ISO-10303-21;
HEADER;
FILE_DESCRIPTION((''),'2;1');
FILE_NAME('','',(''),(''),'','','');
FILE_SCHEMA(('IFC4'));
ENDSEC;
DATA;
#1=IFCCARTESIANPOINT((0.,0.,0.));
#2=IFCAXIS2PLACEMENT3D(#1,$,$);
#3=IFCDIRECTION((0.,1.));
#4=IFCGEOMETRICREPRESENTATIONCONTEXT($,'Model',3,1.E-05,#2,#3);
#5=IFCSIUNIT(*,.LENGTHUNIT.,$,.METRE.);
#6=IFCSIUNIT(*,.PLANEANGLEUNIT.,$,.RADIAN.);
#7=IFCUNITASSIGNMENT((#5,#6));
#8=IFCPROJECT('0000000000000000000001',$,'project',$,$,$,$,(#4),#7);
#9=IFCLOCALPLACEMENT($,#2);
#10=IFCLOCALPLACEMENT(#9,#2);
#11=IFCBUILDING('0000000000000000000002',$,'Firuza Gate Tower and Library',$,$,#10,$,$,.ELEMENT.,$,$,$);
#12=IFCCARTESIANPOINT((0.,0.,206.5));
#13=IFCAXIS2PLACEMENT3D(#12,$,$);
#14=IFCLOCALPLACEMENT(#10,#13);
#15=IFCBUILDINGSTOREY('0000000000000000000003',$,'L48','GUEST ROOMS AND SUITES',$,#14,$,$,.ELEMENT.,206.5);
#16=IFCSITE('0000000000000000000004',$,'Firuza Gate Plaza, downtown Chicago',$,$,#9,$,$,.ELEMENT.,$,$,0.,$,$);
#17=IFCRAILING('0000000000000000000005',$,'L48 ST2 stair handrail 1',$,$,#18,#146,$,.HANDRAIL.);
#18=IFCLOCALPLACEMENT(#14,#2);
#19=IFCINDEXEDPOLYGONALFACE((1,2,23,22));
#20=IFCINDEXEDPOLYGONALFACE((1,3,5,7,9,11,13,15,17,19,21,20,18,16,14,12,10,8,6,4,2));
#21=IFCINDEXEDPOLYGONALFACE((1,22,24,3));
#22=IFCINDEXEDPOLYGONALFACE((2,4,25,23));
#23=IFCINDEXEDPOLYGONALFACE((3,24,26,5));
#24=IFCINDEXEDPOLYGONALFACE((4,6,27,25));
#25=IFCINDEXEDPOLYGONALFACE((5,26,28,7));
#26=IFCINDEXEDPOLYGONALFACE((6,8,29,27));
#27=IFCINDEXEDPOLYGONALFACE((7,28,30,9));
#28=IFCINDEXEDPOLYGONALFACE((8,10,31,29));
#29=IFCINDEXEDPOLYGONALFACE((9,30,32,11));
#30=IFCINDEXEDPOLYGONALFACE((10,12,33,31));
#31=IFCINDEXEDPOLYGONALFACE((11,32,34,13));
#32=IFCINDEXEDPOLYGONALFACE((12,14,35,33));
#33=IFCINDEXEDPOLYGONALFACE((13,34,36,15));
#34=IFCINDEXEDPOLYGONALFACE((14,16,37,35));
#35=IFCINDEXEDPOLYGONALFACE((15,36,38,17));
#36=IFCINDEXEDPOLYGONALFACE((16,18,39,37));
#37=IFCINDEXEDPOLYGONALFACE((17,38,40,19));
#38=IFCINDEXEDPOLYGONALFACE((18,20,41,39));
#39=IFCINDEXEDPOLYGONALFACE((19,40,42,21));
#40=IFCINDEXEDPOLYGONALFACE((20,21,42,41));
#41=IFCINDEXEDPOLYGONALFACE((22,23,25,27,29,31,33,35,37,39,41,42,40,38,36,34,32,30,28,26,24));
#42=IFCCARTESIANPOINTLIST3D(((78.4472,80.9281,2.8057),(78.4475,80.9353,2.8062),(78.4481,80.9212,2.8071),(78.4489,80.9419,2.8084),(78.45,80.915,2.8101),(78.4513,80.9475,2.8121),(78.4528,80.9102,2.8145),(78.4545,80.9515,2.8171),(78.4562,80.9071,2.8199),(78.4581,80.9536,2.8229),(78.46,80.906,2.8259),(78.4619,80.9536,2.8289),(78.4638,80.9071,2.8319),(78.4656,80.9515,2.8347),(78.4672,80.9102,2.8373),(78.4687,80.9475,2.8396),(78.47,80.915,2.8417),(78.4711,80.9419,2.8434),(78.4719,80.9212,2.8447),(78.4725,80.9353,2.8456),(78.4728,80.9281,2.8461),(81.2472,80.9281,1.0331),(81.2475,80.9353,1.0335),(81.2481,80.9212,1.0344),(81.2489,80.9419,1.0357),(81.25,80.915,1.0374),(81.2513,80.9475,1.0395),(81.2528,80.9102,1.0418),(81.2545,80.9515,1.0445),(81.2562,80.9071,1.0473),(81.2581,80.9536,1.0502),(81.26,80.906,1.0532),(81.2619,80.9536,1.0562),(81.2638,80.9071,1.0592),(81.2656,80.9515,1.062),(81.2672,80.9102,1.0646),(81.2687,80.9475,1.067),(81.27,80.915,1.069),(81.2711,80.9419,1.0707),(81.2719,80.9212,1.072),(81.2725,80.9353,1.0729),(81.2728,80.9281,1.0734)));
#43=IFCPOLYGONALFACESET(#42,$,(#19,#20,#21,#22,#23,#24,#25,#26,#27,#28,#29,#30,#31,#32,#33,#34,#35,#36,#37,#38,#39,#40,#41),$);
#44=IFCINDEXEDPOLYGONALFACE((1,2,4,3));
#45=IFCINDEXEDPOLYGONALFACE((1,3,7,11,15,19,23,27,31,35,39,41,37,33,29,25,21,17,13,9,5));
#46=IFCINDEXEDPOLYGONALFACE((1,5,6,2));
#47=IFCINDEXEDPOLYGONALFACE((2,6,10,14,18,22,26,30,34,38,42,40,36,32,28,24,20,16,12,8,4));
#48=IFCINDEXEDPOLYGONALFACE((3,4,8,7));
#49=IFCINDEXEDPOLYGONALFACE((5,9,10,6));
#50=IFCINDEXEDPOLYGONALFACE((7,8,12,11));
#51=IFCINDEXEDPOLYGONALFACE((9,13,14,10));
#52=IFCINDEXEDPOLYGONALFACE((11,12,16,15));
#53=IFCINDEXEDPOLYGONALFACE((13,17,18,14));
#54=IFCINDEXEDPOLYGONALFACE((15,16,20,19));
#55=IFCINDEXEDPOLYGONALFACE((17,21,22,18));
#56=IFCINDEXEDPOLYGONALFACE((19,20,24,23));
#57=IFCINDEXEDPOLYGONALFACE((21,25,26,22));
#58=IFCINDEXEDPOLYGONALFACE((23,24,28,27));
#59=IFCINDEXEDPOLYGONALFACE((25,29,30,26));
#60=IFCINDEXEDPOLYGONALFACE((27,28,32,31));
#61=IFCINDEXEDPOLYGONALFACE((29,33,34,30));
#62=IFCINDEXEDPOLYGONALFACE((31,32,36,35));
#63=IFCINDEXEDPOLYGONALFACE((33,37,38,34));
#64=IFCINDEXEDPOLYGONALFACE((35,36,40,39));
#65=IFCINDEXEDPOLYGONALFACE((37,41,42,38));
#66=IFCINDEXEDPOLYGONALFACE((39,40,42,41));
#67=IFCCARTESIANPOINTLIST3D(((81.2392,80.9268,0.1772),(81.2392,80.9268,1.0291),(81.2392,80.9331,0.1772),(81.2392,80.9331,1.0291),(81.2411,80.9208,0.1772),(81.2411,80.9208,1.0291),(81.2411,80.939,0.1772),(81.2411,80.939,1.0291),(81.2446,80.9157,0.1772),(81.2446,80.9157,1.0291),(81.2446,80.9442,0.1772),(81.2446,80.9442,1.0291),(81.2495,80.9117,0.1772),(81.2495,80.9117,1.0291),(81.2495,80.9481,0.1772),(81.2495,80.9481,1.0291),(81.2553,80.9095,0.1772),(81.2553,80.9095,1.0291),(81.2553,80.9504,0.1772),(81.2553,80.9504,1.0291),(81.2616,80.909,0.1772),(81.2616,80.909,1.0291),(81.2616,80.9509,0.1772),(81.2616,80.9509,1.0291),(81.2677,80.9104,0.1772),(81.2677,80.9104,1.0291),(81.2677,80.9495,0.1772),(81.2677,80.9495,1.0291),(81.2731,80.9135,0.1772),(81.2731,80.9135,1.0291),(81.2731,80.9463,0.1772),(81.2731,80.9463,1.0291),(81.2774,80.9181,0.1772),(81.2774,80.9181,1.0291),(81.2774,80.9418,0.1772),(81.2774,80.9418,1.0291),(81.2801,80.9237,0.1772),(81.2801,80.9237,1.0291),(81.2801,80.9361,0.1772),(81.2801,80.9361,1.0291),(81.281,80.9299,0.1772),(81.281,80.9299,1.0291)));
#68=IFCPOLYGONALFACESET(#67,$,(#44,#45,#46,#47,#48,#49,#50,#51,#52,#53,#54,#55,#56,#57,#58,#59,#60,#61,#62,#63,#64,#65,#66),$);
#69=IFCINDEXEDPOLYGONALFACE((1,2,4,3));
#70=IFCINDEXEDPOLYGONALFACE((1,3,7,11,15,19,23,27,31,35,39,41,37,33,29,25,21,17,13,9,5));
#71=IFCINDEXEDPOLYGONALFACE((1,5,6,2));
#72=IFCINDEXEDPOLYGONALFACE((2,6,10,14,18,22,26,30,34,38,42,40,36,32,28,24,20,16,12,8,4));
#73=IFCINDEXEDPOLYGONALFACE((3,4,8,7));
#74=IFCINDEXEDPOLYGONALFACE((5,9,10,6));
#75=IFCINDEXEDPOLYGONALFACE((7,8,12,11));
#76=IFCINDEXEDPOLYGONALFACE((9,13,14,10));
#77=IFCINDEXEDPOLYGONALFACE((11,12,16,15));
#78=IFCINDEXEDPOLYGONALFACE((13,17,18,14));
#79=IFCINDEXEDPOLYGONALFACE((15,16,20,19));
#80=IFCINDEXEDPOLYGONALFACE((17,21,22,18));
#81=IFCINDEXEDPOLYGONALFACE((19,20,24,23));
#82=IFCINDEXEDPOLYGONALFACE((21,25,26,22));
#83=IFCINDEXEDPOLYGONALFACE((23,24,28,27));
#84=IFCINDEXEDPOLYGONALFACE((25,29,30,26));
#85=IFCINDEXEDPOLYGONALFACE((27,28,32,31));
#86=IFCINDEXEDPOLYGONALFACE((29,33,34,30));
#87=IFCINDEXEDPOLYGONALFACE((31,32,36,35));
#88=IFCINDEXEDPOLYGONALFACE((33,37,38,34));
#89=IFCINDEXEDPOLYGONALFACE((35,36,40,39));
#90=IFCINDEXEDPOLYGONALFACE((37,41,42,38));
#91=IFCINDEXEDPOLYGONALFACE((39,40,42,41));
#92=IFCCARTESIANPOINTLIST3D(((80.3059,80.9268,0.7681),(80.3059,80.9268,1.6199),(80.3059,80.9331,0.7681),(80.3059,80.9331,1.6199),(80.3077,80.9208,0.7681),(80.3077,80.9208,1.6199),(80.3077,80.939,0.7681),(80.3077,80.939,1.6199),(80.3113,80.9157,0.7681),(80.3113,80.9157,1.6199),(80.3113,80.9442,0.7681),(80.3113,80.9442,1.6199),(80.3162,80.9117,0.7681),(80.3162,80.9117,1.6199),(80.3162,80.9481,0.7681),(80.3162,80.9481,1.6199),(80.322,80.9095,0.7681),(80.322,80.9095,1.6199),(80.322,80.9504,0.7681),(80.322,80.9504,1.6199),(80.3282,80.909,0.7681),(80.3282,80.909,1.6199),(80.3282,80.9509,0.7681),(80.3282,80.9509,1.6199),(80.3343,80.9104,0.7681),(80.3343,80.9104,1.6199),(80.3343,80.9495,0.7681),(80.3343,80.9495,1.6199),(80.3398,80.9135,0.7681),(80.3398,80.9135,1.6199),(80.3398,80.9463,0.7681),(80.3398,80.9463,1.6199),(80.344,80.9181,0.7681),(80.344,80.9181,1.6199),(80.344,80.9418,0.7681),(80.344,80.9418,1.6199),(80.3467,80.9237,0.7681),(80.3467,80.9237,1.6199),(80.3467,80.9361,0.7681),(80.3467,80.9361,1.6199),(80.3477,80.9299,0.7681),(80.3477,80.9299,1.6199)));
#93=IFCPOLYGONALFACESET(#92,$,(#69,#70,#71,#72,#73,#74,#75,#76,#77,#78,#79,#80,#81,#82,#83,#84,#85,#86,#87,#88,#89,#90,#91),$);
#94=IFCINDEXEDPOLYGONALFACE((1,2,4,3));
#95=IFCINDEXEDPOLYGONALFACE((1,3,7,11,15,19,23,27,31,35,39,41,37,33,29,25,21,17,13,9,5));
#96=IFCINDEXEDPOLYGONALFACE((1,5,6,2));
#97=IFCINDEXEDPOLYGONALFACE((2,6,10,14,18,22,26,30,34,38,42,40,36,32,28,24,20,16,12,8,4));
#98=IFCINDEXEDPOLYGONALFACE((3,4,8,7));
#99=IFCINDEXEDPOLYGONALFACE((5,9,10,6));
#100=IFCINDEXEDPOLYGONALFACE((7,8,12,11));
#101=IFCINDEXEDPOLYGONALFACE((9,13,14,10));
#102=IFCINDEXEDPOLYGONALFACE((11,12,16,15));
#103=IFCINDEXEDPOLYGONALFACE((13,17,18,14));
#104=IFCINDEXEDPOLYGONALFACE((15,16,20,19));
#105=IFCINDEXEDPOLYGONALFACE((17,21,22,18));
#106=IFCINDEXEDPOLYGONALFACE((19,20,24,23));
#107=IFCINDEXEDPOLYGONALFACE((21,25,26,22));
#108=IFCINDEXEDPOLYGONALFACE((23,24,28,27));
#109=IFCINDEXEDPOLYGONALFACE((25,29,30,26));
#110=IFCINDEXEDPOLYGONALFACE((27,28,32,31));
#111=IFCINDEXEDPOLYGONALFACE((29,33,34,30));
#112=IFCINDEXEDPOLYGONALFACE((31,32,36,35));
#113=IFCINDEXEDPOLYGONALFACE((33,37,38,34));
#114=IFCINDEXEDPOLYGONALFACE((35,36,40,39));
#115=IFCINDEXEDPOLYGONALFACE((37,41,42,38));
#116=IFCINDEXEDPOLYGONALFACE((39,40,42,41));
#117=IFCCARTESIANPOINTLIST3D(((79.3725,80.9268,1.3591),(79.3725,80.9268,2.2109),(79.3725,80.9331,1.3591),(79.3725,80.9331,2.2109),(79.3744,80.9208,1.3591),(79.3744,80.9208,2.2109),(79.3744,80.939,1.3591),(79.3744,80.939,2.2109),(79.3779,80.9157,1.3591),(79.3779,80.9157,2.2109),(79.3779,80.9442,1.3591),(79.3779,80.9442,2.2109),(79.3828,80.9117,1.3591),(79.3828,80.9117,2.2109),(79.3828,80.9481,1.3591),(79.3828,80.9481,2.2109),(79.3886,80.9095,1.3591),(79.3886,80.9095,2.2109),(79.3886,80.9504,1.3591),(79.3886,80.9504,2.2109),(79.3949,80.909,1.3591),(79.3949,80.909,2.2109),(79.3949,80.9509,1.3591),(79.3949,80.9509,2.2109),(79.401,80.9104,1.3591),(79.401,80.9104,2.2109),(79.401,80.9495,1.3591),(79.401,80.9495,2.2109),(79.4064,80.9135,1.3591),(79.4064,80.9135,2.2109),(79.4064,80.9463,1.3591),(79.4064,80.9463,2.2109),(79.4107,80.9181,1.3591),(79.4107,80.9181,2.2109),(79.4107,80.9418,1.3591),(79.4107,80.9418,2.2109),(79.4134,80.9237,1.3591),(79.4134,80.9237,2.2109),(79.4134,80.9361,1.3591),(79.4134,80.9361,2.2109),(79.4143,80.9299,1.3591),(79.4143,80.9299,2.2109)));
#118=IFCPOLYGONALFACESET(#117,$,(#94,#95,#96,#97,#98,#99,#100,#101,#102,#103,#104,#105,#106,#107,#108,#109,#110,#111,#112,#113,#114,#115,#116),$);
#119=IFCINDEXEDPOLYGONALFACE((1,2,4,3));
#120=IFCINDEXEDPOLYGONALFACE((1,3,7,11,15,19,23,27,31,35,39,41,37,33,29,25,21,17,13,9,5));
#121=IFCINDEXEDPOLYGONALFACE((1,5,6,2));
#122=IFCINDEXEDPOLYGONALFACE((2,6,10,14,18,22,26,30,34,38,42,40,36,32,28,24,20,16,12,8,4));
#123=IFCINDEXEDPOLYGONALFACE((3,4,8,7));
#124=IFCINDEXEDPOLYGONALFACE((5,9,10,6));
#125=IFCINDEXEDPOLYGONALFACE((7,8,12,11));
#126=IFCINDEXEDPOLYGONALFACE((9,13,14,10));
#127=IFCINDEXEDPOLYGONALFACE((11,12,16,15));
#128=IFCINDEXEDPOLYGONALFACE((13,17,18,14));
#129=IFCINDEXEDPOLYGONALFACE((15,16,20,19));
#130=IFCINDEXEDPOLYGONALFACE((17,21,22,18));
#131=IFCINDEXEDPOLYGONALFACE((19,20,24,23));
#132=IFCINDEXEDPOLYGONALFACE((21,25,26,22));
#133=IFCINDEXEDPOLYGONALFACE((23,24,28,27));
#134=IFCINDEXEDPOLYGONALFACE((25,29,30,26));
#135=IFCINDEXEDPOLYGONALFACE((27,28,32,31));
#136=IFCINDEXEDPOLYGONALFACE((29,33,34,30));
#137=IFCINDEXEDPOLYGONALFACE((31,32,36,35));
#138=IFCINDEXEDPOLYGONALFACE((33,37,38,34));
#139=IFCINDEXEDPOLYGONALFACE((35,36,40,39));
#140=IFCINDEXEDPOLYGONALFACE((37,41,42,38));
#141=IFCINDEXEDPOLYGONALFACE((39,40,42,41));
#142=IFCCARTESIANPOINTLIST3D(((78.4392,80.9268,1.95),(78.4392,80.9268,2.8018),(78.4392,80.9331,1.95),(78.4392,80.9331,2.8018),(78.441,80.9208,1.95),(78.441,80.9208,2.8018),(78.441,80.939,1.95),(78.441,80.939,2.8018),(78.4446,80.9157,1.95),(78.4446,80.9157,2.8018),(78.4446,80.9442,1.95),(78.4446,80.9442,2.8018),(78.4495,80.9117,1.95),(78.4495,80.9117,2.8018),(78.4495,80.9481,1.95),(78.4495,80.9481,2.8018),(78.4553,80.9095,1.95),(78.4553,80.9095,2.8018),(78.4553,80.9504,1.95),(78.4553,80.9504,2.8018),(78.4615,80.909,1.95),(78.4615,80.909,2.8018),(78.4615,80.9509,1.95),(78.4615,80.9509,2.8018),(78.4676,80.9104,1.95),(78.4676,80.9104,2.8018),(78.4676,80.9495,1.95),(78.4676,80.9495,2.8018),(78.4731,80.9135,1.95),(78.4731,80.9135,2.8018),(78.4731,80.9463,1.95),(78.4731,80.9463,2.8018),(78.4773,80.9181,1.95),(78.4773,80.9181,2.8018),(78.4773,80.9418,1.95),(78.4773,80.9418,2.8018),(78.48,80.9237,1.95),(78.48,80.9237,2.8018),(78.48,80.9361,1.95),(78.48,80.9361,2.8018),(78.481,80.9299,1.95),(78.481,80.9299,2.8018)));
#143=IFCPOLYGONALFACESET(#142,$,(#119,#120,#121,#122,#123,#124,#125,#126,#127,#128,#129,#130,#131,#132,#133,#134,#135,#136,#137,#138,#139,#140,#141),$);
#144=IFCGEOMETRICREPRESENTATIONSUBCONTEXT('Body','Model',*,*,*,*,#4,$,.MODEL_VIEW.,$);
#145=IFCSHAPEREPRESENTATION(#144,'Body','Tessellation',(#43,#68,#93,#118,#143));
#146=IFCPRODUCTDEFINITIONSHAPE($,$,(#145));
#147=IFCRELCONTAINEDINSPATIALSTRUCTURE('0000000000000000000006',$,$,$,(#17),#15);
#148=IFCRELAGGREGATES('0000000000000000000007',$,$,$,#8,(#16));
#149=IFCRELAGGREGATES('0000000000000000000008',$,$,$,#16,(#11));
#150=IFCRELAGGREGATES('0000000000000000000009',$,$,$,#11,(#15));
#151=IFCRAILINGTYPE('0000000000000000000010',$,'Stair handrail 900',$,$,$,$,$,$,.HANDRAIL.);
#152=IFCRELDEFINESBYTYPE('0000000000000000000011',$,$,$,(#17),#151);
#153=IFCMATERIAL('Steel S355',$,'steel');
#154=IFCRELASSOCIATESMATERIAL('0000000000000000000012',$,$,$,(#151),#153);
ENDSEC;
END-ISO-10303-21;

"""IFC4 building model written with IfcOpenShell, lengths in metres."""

from ifc_helpers import new_model, si_unit, direction, frame, origin, origin_2d, place, context, subcontext, project, spatial, circle, extrude, material, type_object, element, save


model = new_model("IFC4")

# Units and contexts
model_context = context("Model", 3, precision=1e-05, world=origin(), true_north=direction((0.0, 1.0)))
body_context = subcontext(model_context, "Body", "Model", "MODEL_VIEW")
ifc_project = project(units=[si_unit("LENGTHUNIT", "METRE"), si_unit("PLANEANGLEUNIT", "RADIAN")], contexts=[model_context])

# Site, building, storey
site_placement = place(None, origin())
site = spatial("IfcSite", under=ifc_project, at=site_placement, Name="Firuza Gate Plaza, downtown Chicago", CompositionType="ELEMENT", RefElevation=0.0)
building_placement = place(site_placement, origin())
building = spatial("IfcBuilding", under=site, at=building_placement, Name="Firuza Gate Tower and Library", CompositionType="ELEMENT")
storey_placement = place(building_placement, frame((0.0, 0.0, 206.5)))
storey = spatial("IfcBuildingStorey", under=building, at=storey_placement, Name="L48", Description="GUEST ROOMS AND SUITES", CompositionType="ELEMENT", Elevation=206.5)

# Railing
ifc_material_1 = material(Name="Steel S355", Category="steel")
railing_type_1 = type_object("IfcRailingType", Name="Stair handrail 900", PredefinedType="HANDRAIL", material=ifc_material_1)
railing_1_placement = place(storey_placement, frame((81.26, 80.9299, 0.1772)))
element("IfcRailing", 1, at=railing_1_placement, inside=storey, type_object=railing_type_1, Name="L48 ST2 stair handrail 1", PredefinedType="HANDRAIL", context=body_context, shape_type="SweptSolid", body=[
    extrude(circle(Radius=0.0239, at=origin_2d()), frame((0.0, 0.0, 0.876), z_axis=(-0.844909, 0.0, 0.53491), x_axis=(0.0, -1.0, 0.0)), (0.0, 0.0, 1.0), 3.314),
    extrude(circle(Radius=0.021, at=origin_2d()), origin(), (0.0, 0.0, 1.0), 0.8518),
    extrude(circle(Radius=0.021, at=origin_2d()), frame((-0.9333, 0.0, 0.5908)), (0.0, 0.0, 1.0), 0.8518),
    extrude(circle(Radius=0.021, at=origin_2d()), frame((-1.8667, 0.0, 1.1819)), (0.0, 0.0, 1.0), 0.8518),
    extrude(circle(Radius=0.021, at=origin_2d()), frame((-2.8, 0.0, 1.7727)), (0.0, 0.0, 1.0), 0.8518),
])

save(model, "model.ifc")
